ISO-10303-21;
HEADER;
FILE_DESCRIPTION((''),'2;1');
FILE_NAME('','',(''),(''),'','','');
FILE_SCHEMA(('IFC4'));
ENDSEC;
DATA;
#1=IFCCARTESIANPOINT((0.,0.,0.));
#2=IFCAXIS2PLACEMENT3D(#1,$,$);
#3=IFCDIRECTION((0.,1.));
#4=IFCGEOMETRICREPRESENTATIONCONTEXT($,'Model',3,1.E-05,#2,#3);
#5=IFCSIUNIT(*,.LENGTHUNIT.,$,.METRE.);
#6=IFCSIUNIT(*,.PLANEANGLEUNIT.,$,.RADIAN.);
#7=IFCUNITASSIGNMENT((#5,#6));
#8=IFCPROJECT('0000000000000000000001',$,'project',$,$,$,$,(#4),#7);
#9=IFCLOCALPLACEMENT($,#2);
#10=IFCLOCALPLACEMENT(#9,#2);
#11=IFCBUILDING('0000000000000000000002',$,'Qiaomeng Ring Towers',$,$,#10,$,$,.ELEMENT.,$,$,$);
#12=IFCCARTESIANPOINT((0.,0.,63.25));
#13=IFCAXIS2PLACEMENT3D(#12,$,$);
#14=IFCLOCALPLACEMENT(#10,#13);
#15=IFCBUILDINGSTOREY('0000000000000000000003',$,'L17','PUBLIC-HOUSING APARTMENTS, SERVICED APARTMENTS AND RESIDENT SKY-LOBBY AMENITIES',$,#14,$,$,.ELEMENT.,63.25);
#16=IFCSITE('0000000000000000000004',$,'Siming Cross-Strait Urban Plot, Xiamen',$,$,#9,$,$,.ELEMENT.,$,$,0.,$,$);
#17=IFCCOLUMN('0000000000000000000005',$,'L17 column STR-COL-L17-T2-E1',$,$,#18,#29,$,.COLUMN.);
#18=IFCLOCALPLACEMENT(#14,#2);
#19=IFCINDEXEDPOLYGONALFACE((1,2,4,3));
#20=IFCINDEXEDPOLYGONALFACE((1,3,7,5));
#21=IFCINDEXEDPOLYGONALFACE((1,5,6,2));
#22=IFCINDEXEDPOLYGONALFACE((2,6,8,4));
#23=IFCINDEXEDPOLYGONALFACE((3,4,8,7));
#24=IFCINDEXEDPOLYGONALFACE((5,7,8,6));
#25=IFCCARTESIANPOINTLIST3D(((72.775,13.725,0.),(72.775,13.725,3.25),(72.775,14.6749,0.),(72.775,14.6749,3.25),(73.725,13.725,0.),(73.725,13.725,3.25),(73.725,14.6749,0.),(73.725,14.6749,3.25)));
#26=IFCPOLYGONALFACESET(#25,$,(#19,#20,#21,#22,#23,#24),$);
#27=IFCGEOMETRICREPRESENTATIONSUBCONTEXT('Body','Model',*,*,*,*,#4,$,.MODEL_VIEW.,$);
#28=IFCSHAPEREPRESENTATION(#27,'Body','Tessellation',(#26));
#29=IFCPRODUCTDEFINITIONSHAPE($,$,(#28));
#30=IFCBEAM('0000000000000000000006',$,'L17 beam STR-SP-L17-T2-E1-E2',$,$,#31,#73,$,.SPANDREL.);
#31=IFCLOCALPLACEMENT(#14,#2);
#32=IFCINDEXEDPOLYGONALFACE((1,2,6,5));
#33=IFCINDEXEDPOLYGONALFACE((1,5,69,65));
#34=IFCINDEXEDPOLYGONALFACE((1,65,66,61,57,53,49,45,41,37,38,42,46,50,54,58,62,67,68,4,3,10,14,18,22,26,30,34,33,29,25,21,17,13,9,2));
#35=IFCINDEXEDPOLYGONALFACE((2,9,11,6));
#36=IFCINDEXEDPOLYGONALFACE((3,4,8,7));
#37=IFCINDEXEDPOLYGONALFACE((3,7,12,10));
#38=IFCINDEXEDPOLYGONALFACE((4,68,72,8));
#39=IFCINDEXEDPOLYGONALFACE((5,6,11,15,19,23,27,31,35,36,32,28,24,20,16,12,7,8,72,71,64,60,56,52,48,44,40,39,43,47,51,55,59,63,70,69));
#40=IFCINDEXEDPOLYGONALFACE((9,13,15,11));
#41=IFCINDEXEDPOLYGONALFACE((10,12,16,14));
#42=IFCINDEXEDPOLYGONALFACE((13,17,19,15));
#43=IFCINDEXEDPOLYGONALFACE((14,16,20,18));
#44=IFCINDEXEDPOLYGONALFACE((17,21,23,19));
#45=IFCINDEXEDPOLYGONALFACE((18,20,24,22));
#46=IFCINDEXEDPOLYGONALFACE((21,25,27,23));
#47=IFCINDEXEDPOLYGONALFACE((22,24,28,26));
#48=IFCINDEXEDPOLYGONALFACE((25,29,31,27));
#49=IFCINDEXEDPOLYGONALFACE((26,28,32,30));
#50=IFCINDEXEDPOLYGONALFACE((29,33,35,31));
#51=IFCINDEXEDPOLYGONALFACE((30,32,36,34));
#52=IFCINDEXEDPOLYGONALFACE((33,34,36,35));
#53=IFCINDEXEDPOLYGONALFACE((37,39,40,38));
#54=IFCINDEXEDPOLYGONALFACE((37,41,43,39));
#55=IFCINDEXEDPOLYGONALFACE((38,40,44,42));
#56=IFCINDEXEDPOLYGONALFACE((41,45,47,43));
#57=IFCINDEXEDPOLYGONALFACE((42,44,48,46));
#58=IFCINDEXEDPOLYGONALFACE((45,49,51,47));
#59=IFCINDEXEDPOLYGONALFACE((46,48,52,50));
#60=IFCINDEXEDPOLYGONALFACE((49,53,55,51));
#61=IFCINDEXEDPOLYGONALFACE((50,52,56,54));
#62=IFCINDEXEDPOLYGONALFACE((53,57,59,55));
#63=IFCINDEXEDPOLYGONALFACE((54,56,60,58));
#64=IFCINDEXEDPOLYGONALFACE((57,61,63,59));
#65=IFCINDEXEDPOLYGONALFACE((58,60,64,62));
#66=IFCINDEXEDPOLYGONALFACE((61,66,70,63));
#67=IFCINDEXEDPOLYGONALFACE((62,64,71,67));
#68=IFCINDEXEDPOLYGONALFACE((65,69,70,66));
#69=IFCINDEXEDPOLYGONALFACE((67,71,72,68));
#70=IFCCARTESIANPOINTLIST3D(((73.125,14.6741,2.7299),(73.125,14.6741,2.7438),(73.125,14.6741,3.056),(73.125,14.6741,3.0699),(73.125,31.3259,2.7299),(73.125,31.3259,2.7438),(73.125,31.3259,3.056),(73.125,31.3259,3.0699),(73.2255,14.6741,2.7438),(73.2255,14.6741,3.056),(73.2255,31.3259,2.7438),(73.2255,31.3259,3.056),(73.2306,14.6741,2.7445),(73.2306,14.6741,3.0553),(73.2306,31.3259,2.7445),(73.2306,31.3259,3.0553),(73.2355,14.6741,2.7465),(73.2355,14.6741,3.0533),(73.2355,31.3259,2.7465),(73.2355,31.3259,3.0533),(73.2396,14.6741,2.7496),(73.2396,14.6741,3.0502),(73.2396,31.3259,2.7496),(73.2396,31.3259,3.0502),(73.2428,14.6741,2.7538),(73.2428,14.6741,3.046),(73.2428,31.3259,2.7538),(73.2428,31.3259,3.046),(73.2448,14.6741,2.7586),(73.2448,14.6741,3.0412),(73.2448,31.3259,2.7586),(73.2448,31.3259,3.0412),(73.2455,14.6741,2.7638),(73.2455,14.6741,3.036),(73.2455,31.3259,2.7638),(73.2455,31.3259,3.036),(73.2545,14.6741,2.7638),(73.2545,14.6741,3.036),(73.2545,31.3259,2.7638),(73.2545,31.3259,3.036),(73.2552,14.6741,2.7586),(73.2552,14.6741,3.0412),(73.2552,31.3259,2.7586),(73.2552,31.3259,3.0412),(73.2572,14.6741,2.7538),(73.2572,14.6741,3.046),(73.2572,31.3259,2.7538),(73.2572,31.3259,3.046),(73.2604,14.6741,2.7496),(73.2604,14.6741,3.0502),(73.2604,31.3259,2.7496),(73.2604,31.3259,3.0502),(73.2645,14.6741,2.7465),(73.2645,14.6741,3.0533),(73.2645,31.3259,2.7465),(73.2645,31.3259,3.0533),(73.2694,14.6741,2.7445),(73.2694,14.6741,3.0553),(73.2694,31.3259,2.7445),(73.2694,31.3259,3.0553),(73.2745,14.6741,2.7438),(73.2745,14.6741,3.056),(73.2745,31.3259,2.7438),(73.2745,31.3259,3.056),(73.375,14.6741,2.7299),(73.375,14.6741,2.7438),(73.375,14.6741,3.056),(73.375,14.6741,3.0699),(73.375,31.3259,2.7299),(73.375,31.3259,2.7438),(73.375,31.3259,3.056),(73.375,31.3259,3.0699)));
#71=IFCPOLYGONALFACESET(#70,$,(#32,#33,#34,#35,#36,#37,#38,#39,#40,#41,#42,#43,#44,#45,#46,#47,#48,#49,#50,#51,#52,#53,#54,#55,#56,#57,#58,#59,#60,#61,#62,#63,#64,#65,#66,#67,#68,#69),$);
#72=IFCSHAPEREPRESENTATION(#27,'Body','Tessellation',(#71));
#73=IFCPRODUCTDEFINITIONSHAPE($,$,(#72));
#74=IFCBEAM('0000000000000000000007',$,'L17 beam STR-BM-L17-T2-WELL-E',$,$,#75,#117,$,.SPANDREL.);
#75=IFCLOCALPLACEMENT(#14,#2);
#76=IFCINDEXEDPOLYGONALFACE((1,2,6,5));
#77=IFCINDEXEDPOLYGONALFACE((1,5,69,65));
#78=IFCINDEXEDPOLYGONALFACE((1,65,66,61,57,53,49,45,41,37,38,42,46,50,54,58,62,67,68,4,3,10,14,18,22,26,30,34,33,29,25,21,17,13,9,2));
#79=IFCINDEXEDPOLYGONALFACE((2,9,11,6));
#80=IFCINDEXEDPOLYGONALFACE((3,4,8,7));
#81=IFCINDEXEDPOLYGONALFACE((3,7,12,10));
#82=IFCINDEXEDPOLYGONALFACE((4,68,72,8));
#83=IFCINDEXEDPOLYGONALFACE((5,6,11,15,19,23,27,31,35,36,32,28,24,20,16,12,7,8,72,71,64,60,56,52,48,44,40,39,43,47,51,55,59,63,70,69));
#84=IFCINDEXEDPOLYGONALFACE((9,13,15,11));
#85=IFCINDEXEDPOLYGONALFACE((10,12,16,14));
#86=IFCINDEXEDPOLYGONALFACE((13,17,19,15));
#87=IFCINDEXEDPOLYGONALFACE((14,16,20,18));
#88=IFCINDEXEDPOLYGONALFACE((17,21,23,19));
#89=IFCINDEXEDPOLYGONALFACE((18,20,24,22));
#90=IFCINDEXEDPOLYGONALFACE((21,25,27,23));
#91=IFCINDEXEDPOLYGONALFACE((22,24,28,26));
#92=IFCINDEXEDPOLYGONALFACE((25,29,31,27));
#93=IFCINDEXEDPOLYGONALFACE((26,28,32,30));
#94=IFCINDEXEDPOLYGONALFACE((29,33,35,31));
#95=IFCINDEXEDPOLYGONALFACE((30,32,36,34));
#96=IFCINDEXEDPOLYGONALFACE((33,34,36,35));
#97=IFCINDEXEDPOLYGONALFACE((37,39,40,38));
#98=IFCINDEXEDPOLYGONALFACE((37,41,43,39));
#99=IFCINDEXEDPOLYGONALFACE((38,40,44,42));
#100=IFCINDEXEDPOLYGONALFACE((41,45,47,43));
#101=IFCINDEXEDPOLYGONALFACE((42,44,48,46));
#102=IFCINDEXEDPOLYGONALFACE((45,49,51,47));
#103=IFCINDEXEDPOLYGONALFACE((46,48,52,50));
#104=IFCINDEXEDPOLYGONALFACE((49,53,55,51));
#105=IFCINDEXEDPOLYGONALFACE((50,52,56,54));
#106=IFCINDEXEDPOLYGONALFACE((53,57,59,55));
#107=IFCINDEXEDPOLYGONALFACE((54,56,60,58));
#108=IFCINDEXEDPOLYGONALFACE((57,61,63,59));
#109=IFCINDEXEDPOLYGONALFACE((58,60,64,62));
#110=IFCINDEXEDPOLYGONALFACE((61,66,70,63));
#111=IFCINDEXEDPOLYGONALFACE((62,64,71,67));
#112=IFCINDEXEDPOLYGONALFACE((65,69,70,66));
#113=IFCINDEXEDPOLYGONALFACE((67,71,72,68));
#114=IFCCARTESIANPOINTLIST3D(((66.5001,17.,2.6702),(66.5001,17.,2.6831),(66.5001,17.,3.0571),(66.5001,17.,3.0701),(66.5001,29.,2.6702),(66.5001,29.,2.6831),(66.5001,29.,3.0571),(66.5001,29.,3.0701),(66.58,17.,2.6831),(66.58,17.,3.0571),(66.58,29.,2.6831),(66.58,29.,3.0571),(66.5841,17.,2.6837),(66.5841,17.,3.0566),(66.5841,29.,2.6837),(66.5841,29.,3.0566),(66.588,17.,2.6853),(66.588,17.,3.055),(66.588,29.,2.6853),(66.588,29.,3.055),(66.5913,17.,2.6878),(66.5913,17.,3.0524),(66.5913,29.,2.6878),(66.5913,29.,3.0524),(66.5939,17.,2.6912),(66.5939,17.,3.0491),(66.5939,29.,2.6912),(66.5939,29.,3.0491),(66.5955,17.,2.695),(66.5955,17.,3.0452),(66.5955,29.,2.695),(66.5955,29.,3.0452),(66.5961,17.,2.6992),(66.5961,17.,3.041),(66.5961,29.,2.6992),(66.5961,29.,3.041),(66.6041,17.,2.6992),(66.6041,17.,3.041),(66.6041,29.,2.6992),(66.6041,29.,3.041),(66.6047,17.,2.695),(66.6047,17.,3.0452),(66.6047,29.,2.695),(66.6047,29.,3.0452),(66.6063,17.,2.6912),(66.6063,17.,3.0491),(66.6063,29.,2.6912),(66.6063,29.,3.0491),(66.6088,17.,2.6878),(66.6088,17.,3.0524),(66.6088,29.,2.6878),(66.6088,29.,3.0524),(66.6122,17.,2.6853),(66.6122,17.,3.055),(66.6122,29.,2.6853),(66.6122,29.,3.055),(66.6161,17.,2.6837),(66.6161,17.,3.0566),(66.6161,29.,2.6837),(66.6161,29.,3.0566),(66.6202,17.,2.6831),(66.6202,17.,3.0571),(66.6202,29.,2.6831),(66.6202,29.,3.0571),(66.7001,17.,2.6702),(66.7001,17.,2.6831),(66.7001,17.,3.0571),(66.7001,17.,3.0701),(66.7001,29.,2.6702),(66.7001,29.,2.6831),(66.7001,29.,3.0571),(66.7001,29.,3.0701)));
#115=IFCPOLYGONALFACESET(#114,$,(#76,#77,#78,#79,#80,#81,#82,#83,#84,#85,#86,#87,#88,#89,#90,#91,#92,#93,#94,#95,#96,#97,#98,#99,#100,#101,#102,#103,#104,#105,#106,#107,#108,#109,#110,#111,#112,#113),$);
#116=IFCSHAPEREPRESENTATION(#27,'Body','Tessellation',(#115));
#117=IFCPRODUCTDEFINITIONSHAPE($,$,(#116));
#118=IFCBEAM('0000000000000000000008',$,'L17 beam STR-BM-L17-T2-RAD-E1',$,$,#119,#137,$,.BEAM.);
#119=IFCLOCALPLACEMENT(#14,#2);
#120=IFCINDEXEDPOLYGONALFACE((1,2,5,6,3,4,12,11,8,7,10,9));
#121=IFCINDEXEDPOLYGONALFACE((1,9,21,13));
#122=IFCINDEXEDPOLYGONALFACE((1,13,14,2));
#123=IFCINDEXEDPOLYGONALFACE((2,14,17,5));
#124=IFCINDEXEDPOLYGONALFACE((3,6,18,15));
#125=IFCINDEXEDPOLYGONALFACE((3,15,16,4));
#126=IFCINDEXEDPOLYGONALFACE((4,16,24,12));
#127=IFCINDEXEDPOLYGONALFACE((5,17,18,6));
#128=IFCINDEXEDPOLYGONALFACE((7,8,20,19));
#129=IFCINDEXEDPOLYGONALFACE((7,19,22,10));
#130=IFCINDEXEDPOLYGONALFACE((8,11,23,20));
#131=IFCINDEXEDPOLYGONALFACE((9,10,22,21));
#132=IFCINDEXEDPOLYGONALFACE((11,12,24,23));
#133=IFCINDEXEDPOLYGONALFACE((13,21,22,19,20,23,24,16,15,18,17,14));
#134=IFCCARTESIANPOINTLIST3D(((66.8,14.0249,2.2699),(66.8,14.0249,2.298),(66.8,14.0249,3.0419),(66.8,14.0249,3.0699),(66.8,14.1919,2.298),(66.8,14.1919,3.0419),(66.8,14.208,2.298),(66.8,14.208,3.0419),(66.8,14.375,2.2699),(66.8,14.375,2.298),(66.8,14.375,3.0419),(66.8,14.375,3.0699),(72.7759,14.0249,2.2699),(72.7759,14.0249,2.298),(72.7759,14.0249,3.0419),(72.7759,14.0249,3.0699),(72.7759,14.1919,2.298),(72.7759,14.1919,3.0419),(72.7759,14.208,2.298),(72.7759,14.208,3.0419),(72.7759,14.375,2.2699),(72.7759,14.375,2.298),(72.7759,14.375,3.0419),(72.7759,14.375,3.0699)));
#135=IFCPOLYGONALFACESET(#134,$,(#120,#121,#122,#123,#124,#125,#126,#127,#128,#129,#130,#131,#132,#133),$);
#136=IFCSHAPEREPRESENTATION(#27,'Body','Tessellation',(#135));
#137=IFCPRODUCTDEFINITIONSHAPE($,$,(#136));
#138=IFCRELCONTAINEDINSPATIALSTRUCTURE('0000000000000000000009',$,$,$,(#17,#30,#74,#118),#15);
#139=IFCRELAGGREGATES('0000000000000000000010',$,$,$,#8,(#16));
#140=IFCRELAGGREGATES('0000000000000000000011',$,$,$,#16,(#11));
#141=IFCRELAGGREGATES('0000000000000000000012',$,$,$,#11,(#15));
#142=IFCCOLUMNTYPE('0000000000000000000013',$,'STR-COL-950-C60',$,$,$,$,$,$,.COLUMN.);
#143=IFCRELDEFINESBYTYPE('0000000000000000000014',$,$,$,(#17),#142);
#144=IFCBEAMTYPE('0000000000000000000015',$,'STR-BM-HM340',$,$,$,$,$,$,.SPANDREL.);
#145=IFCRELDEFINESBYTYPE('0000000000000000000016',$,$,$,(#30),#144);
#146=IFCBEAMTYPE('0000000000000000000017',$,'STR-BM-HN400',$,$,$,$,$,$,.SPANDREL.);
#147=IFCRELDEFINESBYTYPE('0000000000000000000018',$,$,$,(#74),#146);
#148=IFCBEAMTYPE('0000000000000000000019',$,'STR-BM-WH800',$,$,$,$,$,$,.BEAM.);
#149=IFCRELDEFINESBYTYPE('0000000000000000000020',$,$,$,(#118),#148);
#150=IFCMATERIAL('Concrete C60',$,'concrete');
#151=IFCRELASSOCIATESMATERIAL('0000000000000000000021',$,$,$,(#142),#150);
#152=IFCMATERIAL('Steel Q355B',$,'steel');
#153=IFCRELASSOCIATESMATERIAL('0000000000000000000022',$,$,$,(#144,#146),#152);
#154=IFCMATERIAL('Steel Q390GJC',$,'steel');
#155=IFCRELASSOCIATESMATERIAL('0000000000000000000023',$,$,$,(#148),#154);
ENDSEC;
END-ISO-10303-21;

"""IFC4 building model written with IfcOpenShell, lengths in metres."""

from ifc_helpers import new_model, si_unit, direction, frame, origin, origin_2d, place, context, subcontext, project, spatial, rectangle, i_section, extrude, source, transform, mapped, material, material_profile, profile_set, type_object, element, save


model = new_model("IFC4")

# Units and contexts
model_context = context("Model", 3, precision=1e-05, world=origin(), true_north=direction((0.0, 1.0)))
body_context = subcontext(model_context, "Body", "Model", "MODEL_VIEW")
ifc_project = project(units=[si_unit("LENGTHUNIT", "METRE"), si_unit("PLANEANGLEUNIT", "RADIAN")], contexts=[model_context])

# Site, building, storey
site_placement = place(None, origin())
site = spatial("IfcSite", under=ifc_project, at=site_placement, Name="Siming Cross-Strait Urban Plot, Xiamen", CompositionType="ELEMENT", RefElevation=0.0)
building_placement = place(site_placement, origin())
building = spatial("IfcBuilding", under=site, at=building_placement, Name="Qiaomeng Ring Towers", CompositionType="ELEMENT")
storey_placement = place(building_placement, frame((0.0, 0.0, 63.25)))
storey = spatial("IfcBuildingStorey", under=building, at=storey_placement, Name="L17", Description="PUBLIC-HOUSING APARTMENTS, SERVICED APARTMENTS AND RESIDENT SKY-LOBBY AMENITIES", CompositionType="ELEMENT", Elevation=63.25)

# Column
ifc_material_1 = material(Name="Concrete C60", Category="concrete")
ifc_material_profile_1 = material_profile(ifc_material_1, rectangle(XDim=0.95, YDim=0.95, at=origin_2d()), Name="RC COL 950x950")
ifc_profile_set_1 = profile_set([ifc_material_profile_1], Name="Concrete C60")
column_type = type_object("IfcColumnType", Name="STR-COL-950-C60", PredefinedType="COLUMN", material=ifc_profile_set_1)
shared_shape_1 = source(origin(), body_context, "Body", "SweptSolid", [
    extrude(rectangle(XDim=0.95, YDim=0.95, at=origin_2d()), origin(), (0.0, 0.0, 1.0), 3.25),
])
column_placement = place(storey_placement, frame((73.25, 14.2, 0.0), z_axis=(0.0, 0.0, 1.0), x_axis=(1.0, 0.0, 0.0)))
element("IfcColumn", 1, at=column_placement, inside=storey, type_object=column_type, Name="L17 column STR-COL-L17-T2-E1", PredefinedType="COLUMN", context=body_context, shape_type="MappedRepresentation", body=[
    mapped(shared_shape_1, transform((0.0, 0.0, 0.0), x_axis=(1.0, 0.0, 0.0), y_axis=(0.0, 1.0, 0.0), z_axis=(0.0, 0.0, 1.0), scale=1.0)),
])

# Beams
ifc_material_2 = material(Name="Steel Q355B", Category="steel")
ifc_material_profile_2 = material_profile(ifc_material_2, i_section(OverallWidth=0.25, OverallDepth=0.3401, WebThickness=0.009, FlangeThickness=0.0139, FilletRadius=0.02, at=origin_2d()), Name="HM 340x250x9x14")
ifc_profile_set_2 = profile_set([ifc_material_profile_2], Name="Steel Q355B")
beam_type_1 = type_object("IfcBeamType", Name="STR-BM-HM340", PredefinedType="SPANDREL", material=ifc_profile_set_2)
shared_shape_2 = source(origin(), body_context, "Body", "SweptSolid", [
    extrude(i_section(OverallWidth=0.25, OverallDepth=0.3401, WebThickness=0.009, FlangeThickness=0.0139, FilletRadius=0.02, at=origin_2d()), origin(), (0.0, 0.0, 1.0), 16.6519),
])
beam_1_placement = place(storey_placement, frame((73.25, 14.6741, 2.8999), z_axis=(0.0, 1.0, 0.0), x_axis=(-1.0, 0.0, 0.0)))
element("IfcBeam", 2, at=beam_1_placement, inside=storey, type_object=beam_type_1, Name="L17 beam STR-SP-L17-T2-E1-E2", PredefinedType="SPANDREL", context=body_context, shape_type="MappedRepresentation", body=[
    mapped(shared_shape_2, transform((0.0, 0.0, 0.0), x_axis=(1.0, 0.0, 0.0), y_axis=(0.0, 1.0, 0.0), z_axis=(0.0, 0.0, 1.0), scale=1.0)),
])
ifc_material_profile_3 = material_profile(ifc_material_2, i_section(OverallWidth=0.2, OverallDepth=0.3999, WebThickness=0.0081, FlangeThickness=0.0129, FilletRadius=0.0161, at=origin_2d()), Name="HN 400x200x8x13")
ifc_profile_set_3 = profile_set([ifc_material_profile_3], Name="Steel Q355B")
beam_type_2 = type_object("IfcBeamType", Name="STR-BM-HN400", PredefinedType="SPANDREL", material=ifc_profile_set_3)
shared_shape_3 = source(origin(), body_context, "Body", "SweptSolid", [
    extrude(i_section(OverallWidth=0.2, OverallDepth=0.3999, WebThickness=0.0081, FlangeThickness=0.0129, FilletRadius=0.0161, at=origin_2d()), origin(), (0.0, 0.0, 1.0), 12.0),
])
beam_2_placement = place(storey_placement, frame((66.6001, 17.0, 2.8701), z_axis=(0.0, 1.0, 0.0), x_axis=(-1.0, 0.0, 0.0)))
element("IfcBeam", 3, at=beam_2_placement, inside=storey, type_object=beam_type_2, Name="L17 beam STR-BM-L17-T2-WELL-E", PredefinedType="SPANDREL", context=body_context, shape_type="MappedRepresentation", body=[
    mapped(shared_shape_3, transform((0.0, 0.0, 0.0), x_axis=(1.0, 0.0, 0.0), y_axis=(0.0, 1.0, 0.0), z_axis=(0.0, 0.0, 1.0), scale=1.0)),
])
ifc_material_3 = material(Name="Steel Q390GJC", Category="steel")
ifc_material_profile_4 = material_profile(ifc_material_3, i_section(OverallWidth=0.3501, OverallDepth=0.8, WebThickness=0.0161, FlangeThickness=0.0281, at=origin_2d()), Name="WH 800x350x16x28")
ifc_profile_set_4 = profile_set([ifc_material_profile_4], Name="Steel Q390GJC")
beam_type_3 = type_object("IfcBeamType", Name="STR-BM-WH800", PredefinedType="BEAM", material=ifc_profile_set_4)
shared_shape_4 = source(origin(), body_context, "Body", "SweptSolid", [
    extrude(i_section(OverallWidth=0.3501, OverallDepth=0.8, WebThickness=0.0161, FlangeThickness=0.0281, at=origin_2d()), origin(), (0.0, 0.0, 1.0), 5.9758),
])
beam_3_placement = place(storey_placement, frame((66.8, 14.2, 2.6699), z_axis=(1.0, 0.0, 0.0), x_axis=(0.0, 1.0, 0.0)))
element("IfcBeam", 4, at=beam_3_placement, inside=storey, type_object=beam_type_3, Name="L17 beam STR-BM-L17-T2-RAD-E1", PredefinedType="BEAM", context=body_context, shape_type="MappedRepresentation", body=[
    mapped(shared_shape_4, transform((0.0, 0.0, 0.0), x_axis=(1.0, 0.0, 0.0), y_axis=(0.0, 1.0, 0.0), z_axis=(0.0, 0.0, 1.0), scale=1.0)),
])

save(model, "model.ifc")
